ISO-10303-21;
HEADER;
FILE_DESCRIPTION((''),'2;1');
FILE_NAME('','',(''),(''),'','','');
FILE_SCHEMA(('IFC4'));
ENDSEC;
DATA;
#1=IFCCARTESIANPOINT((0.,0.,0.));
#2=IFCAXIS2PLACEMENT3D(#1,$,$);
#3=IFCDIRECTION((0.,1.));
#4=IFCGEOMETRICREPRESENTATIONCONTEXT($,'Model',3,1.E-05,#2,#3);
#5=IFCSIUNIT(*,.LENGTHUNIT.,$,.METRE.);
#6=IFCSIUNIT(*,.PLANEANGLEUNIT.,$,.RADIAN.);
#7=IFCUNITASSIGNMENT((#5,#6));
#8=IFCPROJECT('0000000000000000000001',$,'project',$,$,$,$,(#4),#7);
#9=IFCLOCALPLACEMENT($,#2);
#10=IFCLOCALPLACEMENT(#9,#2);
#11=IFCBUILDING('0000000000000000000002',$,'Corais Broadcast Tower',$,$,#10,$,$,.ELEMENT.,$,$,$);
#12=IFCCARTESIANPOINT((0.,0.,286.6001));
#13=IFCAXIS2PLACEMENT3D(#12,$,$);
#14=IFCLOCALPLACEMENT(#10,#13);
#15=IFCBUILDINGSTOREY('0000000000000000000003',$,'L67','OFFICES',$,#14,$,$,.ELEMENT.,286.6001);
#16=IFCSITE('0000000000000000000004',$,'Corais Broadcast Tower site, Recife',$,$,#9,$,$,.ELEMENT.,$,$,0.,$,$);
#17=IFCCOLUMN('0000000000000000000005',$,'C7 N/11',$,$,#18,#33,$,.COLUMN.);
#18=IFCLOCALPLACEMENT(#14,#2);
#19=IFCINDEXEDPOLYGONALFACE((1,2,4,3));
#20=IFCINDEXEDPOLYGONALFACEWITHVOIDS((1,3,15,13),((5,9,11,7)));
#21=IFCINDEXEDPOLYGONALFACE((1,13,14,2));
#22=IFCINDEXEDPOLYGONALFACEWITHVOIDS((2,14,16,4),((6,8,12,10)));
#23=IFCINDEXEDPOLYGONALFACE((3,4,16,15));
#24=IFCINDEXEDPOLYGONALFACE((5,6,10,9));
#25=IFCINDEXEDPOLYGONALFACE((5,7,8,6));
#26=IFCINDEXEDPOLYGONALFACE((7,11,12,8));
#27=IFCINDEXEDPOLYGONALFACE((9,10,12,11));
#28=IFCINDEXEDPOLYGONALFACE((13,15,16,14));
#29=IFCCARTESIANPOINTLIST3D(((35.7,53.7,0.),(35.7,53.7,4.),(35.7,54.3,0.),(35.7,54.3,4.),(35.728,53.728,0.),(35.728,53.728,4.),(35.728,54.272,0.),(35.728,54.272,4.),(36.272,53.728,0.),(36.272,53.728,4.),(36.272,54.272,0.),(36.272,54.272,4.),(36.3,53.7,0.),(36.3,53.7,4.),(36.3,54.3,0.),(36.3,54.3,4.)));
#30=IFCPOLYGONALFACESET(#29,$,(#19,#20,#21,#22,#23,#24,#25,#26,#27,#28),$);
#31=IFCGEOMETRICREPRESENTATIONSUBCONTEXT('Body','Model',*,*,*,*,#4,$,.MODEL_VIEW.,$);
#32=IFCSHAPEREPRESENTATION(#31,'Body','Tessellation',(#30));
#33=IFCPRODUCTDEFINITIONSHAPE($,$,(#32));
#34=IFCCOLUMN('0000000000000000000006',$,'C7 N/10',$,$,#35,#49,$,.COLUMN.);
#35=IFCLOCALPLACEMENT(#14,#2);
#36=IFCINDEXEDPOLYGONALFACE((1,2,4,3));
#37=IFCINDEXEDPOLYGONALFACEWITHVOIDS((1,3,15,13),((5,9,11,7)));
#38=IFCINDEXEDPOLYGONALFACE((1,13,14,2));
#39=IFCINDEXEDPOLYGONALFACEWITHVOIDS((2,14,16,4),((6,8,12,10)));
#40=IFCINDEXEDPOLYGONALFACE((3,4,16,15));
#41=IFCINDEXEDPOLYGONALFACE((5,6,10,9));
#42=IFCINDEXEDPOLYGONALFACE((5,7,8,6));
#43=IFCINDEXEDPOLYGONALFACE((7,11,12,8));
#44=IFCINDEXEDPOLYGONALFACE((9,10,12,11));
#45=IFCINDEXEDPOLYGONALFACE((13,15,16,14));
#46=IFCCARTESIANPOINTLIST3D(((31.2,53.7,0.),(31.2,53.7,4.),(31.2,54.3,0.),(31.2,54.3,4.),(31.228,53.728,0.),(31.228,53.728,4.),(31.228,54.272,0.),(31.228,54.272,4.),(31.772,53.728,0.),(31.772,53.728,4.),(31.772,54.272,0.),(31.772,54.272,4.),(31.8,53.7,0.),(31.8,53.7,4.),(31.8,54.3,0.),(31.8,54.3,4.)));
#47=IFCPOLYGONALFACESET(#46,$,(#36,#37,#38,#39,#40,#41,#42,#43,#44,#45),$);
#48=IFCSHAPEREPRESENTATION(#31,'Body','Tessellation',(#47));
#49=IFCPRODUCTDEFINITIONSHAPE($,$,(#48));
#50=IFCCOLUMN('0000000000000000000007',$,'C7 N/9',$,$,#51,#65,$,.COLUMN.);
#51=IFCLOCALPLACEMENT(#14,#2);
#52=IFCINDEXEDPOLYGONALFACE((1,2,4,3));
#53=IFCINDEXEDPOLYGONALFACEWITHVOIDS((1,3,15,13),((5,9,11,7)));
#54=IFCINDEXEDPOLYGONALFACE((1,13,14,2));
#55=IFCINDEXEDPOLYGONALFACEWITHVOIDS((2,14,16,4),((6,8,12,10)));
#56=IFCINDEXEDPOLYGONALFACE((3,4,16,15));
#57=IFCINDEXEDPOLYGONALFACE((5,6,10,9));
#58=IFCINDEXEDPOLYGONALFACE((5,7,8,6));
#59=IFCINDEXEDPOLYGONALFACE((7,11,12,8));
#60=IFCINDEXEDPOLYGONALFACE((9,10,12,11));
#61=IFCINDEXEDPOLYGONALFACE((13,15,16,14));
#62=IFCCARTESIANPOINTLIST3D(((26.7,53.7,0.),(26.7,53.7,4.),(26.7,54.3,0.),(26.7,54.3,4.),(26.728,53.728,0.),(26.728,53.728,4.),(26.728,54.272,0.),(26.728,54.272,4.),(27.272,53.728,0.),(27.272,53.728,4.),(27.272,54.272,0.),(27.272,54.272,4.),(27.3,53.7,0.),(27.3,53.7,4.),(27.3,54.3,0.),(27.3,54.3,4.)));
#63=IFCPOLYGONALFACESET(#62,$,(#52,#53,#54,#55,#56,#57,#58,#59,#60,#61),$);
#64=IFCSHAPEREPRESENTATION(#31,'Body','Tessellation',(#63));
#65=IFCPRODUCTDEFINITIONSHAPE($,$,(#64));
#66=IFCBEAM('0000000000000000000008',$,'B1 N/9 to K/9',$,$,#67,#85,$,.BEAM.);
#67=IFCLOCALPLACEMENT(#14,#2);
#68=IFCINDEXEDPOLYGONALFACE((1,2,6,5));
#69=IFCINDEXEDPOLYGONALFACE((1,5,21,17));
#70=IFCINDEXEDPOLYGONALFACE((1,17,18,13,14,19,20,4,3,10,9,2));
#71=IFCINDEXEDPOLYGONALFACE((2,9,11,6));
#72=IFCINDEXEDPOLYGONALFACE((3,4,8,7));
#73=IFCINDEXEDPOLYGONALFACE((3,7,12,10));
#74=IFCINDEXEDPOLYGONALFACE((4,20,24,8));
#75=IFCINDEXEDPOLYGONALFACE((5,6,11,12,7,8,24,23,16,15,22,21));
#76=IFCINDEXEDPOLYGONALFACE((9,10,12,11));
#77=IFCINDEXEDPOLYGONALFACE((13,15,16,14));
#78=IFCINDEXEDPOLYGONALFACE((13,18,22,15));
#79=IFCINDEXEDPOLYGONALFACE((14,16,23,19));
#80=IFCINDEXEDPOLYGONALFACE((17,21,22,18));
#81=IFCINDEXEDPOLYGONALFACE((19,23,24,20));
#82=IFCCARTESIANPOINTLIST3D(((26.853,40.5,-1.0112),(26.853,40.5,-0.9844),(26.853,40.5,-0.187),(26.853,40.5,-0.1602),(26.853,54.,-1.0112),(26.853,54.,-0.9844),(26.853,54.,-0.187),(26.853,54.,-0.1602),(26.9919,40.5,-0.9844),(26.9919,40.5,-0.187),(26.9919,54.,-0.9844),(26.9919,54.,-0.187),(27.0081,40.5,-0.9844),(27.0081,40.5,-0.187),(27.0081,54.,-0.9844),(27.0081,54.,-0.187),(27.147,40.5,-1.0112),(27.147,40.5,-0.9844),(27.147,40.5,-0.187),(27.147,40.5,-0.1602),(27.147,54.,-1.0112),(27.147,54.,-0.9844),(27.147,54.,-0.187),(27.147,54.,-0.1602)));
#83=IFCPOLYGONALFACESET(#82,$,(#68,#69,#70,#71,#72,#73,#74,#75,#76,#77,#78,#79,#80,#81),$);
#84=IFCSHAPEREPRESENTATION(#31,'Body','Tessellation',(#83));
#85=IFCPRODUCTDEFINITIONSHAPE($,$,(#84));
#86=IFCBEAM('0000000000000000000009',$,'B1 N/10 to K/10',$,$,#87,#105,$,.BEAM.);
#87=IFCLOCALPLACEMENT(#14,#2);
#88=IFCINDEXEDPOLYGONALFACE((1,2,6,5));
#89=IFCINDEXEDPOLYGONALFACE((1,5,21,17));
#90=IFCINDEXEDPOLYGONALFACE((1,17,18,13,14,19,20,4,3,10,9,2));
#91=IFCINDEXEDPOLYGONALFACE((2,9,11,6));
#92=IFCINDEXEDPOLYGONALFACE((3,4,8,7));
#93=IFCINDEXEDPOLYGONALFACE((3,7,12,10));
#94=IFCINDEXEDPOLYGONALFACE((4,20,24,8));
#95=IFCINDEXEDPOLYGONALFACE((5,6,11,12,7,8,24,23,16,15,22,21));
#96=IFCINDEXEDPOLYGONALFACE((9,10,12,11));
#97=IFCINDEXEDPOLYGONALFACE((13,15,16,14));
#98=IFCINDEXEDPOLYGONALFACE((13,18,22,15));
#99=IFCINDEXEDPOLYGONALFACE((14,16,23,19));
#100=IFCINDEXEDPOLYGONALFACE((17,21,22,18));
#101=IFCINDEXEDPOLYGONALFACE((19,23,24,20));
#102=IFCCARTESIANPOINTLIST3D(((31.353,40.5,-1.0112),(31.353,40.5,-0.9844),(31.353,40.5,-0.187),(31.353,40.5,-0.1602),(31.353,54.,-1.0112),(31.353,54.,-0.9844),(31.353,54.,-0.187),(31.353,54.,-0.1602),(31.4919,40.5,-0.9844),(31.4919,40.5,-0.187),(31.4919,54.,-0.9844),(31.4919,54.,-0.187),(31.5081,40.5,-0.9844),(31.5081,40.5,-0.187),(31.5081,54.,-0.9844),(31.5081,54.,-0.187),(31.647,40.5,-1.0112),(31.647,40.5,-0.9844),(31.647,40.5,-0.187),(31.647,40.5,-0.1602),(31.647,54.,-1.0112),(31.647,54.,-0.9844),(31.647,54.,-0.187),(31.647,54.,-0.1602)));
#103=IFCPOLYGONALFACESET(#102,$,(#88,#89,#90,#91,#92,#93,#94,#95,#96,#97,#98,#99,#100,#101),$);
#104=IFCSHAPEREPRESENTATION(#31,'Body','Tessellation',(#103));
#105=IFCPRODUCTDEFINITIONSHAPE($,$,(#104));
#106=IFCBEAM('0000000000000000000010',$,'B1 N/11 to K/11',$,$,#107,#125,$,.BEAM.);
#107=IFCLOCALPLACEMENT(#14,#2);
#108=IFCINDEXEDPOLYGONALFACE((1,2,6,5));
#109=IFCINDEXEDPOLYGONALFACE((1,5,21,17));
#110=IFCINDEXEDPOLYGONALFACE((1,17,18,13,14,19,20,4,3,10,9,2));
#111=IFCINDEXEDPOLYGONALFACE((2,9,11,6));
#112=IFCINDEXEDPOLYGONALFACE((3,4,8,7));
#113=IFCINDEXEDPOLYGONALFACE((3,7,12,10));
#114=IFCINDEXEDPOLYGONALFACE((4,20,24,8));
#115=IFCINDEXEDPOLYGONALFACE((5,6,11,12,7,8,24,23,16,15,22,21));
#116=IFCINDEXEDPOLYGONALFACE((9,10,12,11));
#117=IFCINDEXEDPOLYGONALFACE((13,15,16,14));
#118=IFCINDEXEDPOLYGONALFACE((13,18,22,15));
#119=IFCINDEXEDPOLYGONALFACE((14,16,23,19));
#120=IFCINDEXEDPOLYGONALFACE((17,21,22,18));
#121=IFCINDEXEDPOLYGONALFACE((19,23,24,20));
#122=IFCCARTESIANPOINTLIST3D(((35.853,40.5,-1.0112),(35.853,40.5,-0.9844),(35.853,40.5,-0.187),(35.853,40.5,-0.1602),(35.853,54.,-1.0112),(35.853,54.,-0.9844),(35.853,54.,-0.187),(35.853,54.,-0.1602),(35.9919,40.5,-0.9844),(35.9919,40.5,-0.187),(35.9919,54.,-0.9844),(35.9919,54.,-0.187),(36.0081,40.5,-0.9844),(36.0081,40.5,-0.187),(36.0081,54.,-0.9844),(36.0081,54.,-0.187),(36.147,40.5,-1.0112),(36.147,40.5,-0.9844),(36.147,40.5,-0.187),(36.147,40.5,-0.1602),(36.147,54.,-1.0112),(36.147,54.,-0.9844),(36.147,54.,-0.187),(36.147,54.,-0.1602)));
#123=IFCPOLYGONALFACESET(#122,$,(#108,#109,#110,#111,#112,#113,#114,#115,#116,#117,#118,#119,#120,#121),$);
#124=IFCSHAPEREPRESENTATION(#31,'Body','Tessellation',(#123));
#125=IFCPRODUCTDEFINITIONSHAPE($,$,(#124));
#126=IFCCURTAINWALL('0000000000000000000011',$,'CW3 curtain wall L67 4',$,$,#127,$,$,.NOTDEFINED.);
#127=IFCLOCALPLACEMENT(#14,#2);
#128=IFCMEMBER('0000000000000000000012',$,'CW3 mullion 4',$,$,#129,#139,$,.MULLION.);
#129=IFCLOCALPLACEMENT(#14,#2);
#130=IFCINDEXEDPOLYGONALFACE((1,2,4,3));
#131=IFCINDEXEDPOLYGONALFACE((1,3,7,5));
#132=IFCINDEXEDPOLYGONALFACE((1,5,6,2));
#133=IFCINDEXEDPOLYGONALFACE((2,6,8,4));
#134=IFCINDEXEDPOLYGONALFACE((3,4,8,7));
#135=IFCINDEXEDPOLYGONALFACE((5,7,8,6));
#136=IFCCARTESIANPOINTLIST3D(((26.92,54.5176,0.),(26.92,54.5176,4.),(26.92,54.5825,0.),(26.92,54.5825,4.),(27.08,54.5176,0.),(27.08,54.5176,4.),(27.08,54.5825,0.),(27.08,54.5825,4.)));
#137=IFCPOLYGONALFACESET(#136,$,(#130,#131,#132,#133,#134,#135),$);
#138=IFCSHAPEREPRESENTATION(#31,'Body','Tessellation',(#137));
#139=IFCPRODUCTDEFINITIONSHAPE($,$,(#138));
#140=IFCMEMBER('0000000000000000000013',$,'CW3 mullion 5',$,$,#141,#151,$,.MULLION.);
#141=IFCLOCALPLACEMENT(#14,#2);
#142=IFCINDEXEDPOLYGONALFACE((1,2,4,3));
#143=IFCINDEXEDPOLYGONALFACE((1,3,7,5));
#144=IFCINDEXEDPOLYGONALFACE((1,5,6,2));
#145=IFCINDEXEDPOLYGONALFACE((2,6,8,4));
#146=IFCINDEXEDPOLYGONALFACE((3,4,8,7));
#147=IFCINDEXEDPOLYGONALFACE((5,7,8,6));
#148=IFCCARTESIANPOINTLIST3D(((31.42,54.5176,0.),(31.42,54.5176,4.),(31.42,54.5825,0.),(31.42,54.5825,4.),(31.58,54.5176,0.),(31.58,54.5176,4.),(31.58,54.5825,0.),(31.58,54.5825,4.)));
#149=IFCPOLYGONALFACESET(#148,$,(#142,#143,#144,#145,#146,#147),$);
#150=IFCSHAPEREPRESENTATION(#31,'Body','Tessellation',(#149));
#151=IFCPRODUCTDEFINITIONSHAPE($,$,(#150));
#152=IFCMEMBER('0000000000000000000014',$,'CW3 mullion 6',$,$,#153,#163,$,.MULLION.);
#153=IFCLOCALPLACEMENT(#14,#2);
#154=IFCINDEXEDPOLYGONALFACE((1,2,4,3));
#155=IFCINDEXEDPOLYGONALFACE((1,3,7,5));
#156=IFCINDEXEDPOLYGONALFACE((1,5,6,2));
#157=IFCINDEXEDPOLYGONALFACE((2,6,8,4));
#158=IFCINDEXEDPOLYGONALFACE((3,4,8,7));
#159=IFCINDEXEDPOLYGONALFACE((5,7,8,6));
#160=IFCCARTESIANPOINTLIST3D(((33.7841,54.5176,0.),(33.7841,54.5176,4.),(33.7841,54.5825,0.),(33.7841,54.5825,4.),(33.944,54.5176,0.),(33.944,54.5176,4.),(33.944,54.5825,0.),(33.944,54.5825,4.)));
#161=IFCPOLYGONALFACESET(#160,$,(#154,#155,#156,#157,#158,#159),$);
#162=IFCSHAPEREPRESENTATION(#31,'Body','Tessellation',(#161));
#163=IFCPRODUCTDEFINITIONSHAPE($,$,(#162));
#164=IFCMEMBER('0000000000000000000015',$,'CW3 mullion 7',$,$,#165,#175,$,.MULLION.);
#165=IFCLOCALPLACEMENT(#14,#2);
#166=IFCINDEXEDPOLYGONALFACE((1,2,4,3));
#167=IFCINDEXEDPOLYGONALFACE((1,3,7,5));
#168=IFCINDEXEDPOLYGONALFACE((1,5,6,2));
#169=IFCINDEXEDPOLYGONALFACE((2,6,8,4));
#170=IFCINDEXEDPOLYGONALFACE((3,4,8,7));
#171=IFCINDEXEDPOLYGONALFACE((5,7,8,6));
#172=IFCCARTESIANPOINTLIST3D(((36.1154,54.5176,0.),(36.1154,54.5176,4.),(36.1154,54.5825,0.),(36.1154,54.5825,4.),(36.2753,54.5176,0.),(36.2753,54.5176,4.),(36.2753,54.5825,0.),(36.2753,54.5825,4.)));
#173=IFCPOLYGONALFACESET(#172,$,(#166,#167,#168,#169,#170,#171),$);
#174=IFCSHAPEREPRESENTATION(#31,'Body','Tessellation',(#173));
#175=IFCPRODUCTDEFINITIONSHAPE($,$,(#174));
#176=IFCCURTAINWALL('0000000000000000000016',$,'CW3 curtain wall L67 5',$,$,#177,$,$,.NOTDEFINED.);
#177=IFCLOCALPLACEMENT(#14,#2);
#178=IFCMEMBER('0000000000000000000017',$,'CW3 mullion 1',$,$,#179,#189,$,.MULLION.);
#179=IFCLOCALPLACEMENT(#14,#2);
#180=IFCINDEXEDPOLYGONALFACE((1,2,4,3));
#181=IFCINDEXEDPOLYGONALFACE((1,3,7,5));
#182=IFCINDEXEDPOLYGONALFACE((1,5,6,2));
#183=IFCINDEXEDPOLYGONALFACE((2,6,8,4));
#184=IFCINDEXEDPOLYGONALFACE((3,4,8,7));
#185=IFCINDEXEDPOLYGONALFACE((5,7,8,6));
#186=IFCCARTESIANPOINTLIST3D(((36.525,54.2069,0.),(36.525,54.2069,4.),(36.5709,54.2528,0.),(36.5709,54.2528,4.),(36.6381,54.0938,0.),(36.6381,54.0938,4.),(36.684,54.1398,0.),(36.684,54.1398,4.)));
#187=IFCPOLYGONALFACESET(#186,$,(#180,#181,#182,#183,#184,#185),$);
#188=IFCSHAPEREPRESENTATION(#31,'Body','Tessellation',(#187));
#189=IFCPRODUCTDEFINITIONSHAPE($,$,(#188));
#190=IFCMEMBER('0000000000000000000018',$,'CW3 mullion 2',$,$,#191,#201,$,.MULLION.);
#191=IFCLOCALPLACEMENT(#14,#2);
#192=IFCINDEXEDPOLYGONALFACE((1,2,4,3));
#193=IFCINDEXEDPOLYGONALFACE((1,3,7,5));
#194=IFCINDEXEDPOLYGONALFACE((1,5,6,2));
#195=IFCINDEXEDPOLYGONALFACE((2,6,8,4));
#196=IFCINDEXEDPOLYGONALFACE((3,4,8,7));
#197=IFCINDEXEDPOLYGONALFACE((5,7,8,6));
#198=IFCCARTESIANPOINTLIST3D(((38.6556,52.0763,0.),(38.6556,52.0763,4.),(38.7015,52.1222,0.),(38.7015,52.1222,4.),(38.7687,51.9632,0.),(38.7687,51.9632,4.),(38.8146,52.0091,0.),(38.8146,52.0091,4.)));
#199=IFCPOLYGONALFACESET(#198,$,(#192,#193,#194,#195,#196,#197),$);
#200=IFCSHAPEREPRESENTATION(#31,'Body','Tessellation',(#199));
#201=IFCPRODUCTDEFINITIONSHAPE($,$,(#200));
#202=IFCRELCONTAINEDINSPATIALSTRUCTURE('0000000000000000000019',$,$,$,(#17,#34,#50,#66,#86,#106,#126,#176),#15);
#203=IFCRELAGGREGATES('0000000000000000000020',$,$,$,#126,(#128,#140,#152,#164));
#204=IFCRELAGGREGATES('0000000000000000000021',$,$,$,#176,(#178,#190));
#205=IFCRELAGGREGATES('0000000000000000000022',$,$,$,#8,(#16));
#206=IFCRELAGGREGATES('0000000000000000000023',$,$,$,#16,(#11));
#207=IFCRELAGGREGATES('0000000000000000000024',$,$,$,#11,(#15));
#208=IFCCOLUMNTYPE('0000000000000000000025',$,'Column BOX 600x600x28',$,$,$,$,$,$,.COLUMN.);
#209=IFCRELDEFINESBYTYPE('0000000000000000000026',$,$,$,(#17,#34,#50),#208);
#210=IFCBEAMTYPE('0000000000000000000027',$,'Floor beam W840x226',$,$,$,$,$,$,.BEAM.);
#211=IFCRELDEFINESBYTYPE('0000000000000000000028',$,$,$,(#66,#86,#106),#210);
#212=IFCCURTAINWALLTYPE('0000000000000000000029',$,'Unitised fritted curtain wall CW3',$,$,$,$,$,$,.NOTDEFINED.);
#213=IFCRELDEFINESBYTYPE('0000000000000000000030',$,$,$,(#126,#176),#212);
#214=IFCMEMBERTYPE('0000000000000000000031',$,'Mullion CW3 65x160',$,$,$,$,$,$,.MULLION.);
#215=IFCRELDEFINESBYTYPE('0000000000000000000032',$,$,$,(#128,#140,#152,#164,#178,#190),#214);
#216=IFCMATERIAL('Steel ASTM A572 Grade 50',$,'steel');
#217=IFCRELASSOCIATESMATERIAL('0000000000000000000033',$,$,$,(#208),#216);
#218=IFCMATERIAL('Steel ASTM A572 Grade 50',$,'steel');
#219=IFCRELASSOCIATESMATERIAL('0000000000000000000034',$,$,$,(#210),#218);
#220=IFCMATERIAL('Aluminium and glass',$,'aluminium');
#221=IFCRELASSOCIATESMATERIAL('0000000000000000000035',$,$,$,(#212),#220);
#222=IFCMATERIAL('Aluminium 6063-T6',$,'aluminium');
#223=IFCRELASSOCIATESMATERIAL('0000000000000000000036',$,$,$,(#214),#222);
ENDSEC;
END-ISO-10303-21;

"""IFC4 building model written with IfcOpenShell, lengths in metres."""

from ifc_helpers import new_model, si_unit, direction, frame, origin, origin_2d, place, context, subcontext, project, spatial, rectangle, hollow_rectangle, i_section, extrude, material, material_profile, profile_set, type_object, element, aggregate, save


model = new_model("IFC4")

# Units and contexts
model_context = context("Model", 3, precision=1e-05, world=origin(), true_north=direction((0.0, 1.0)))
body_context = subcontext(model_context, "Body", "Model", "MODEL_VIEW")
ifc_project = project(units=[si_unit("LENGTHUNIT", "METRE"), si_unit("PLANEANGLEUNIT", "RADIAN")], contexts=[model_context])

# Site, building, storey
site_placement = place(None, origin())
site = spatial("IfcSite", under=ifc_project, at=site_placement, Name="Corais Broadcast Tower site, Recife", CompositionType="ELEMENT", RefElevation=0.0)
building_placement = place(site_placement, origin())
building = spatial("IfcBuilding", under=site, at=building_placement, Name="Corais Broadcast Tower", CompositionType="ELEMENT")
storey_placement = place(building_placement, frame((0.0, 0.0, 286.6001)))
storey = spatial("IfcBuildingStorey", under=building, at=storey_placement, Name="L67", Description="OFFICES", CompositionType="ELEMENT", Elevation=286.6001)

# Columns
ifc_material_1 = material(Name="Steel ASTM A572 Grade 50", Category="steel")
ifc_material_profile_1 = material_profile(ifc_material_1, hollow_rectangle(XDim=0.6001, YDim=0.6001, WallThickness=0.0281, at=origin_2d()), Name="BOX 600x600x28")
ifc_profile_set_1 = profile_set([ifc_material_profile_1], Name="Steel ASTM A572 Grade 50")
column_type = type_object("IfcColumnType", Name="Column BOX 600x600x28", PredefinedType="COLUMN", material=ifc_profile_set_1)
for number, where, z_axis, x_axis, name in (
    (1, (36.0, 54.0, 0.0), (0.0, 0.0, 1.0), (1.0, 0.0, 0.0), "C7 N/11"),
    (2, (31.5, 54.0, 0.0), (0.0, 0.0, 1.0), (1.0, 0.0, 0.0), "C7 N/10"),
    (3, (27.0, 54.0, 0.0), (0.0, 0.0, 1.0), (1.0, 0.0, 0.0), "C7 N/9"),
):
    element("IfcColumn", number, at=place(storey_placement, frame(where, z_axis=z_axis, x_axis=x_axis)), inside=storey, type_object=column_type, Name=name, PredefinedType="COLUMN", context=body_context, shape_type="SweptSolid", body=[
        extrude(hollow_rectangle(XDim=0.6001, YDim=0.6001, WallThickness=0.0281, at=origin_2d()), origin(), (0.0, 0.0, 1.0), 4.0),
    ])

# Beams
ifc_material_2 = material(Name="Steel ASTM A572 Grade 50", Category="steel")
ifc_material_profile_2 = material_profile(ifc_material_2, i_section(OverallWidth=0.2939, OverallDepth=0.8511, WebThickness=0.0161, FlangeThickness=0.0269, at=origin_2d()), Name="W840x226")
ifc_profile_set_2 = profile_set([ifc_material_profile_2], Name="Steel ASTM A572 Grade 50")
beam_type_1 = type_object("IfcBeamType", Name="Floor beam W840x226", PredefinedType="BEAM", material=ifc_profile_set_2)
for number, where, z_axis, x_axis, name in (
    (4, (27.0, 54.0, -0.5857), (0.0, -1.0, 0.0), (1.0, 0.0, 0.0), "B1 N/9 to K/9"),
    (5, (31.5, 54.0, -0.5857), (0.0, -1.0, 0.0), (1.0, 0.0, 0.0), "B1 N/10 to K/10"),
    (6, (36.0, 54.0, -0.5857), (0.0, -1.0, 0.0), (1.0, 0.0, 0.0), "B1 N/11 to K/11"),
):
    element("IfcBeam", number, at=place(storey_placement, frame(where, z_axis=z_axis, x_axis=x_axis)), inside=storey, type_object=beam_type_1, Name=name, PredefinedType="BEAM", context=body_context, shape_type="SweptSolid", body=[
        extrude(i_section(OverallWidth=0.2939, OverallDepth=0.8511, WebThickness=0.0161, FlangeThickness=0.0269, at=origin_2d()), origin(), (0.0, 0.0, 1.0), 13.5),
    ])

# Curtain walls, members
ifc_material_3 = material(Name="Aluminium and glass", Category="aluminium")
curtain_wall_type = type_object("IfcCurtainWallType", Name="Unitised fritted curtain wall CW3", PredefinedType="NOTDEFINED", material=ifc_material_3)
curtain_wall_1_placement = place(storey_placement, origin())
curtain_wall_1 = element("IfcCurtainWall", 7, at=curtain_wall_1_placement, inside=storey, type_object=curtain_wall_type, Name="CW3 curtain wall L67 4", PredefinedType="NOTDEFINED")
ifc_material_4 = material(Name="Aluminium 6063-T6", Category="aluminium")
ifc_material_profile_3 = material_profile(ifc_material_4, rectangle(XDim=0.0649, YDim=0.1599, at=origin_2d()), Name="Mullion CW3 65x160")
ifc_profile_set_3 = profile_set([ifc_material_profile_3], Name="Aluminium 6063-T6")
member_type_1 = type_object("IfcMemberType", Name="Mullion CW3 65x160", PredefinedType="MULLION", material=ifc_profile_set_3)
member_1_placement = place(storey_placement, frame((27.0, 54.55, 0.0), z_axis=(0.0, 0.0, 1.0), x_axis=(0.0, 1.0, 0.0)))
member_1 = element("IfcMember", 8, at=member_1_placement, type_object=member_type_1, Name="CW3 mullion 4", PredefinedType="MULLION", context=body_context, shape_type="SweptSolid", body=[
    extrude(rectangle(XDim=0.0649, YDim=0.1599, at=origin_2d()), origin(), (0.0, 0.0, 1.0), 4.0),
])
member_2_placement = place(storey_placement, frame((31.5, 54.55, 0.0), z_axis=(0.0, 0.0, 1.0), x_axis=(0.0, 1.0, 0.0)))
member_2 = element("IfcMember", 9, at=member_2_placement, type_object=member_type_1, Name="CW3 mullion 5", PredefinedType="MULLION", context=body_context, shape_type="SweptSolid", body=[
    extrude(rectangle(XDim=0.0649, YDim=0.1599, at=origin_2d()), origin(), (0.0, 0.0, 1.0), 4.0),
])
member_3_placement = place(storey_placement, frame((33.864, 54.55, 0.0), z_axis=(0.0, 0.0, 1.0), x_axis=(0.0, 1.0, 0.0)))
member_3 = element("IfcMember", 10, at=member_3_placement, type_object=member_type_1, Name="CW3 mullion 6", PredefinedType="MULLION", context=body_context, shape_type="SweptSolid", body=[
    extrude(rectangle(XDim=0.0649, YDim=0.1599, at=origin_2d()), origin(), (0.0, 0.0, 1.0), 4.0),
])
member_4_placement = place(storey_placement, frame((36.1953, 54.55, 0.0), z_axis=(0.0, 0.0, 1.0), x_axis=(0.0, 1.0, 0.0)))
member_4 = element("IfcMember", 11, at=member_4_placement, type_object=member_type_1, Name="CW3 mullion 7", PredefinedType="MULLION", context=body_context, shape_type="SweptSolid", body=[
    extrude(rectangle(XDim=0.0649, YDim=0.1599, at=origin_2d()), origin(), (0.0, 0.0, 1.0), 4.0),
])
curtain_wall_2_placement = place(storey_placement, origin())
curtain_wall_2 = element("IfcCurtainWall", 12, at=curtain_wall_2_placement, inside=storey, type_object=curtain_wall_type, Name="CW3 curtain wall L67 5", PredefinedType="NOTDEFINED")
member_5_placement = place(storey_placement, frame((36.6045, 54.1733, 0.0), z_axis=(0.0, 0.0, 1.0), x_axis=(0.707107, 0.707107, 0.0)))
member_5 = element("IfcMember", 13, at=member_5_placement, type_object=member_type_1, Name="CW3 mullion 1", PredefinedType="MULLION", context=body_context, shape_type="SweptSolid", body=[
    extrude(rectangle(XDim=0.0649, YDim=0.1599, at=origin_2d()), origin(), (0.0, 0.0, 1.0), 4.0),
])
member_6_placement = place(storey_placement, frame((38.7351, 52.0427, 0.0), z_axis=(0.0, 0.0, 1.0), x_axis=(0.707107, 0.707107, 0.0)))
member_6 = element("IfcMember", 14, at=member_6_placement, type_object=member_type_1, Name="CW3 mullion 2", PredefinedType="MULLION", context=body_context, shape_type="SweptSolid", body=[
    extrude(rectangle(XDim=0.0649, YDim=0.1599, at=origin_2d()), origin(), (0.0, 0.0, 1.0), 4.0),
])

aggregate(curtain_wall_1, [member_1, member_2, member_3, member_4])
aggregate(curtain_wall_2, [member_5, member_6])

save(model, "model.ifc")
